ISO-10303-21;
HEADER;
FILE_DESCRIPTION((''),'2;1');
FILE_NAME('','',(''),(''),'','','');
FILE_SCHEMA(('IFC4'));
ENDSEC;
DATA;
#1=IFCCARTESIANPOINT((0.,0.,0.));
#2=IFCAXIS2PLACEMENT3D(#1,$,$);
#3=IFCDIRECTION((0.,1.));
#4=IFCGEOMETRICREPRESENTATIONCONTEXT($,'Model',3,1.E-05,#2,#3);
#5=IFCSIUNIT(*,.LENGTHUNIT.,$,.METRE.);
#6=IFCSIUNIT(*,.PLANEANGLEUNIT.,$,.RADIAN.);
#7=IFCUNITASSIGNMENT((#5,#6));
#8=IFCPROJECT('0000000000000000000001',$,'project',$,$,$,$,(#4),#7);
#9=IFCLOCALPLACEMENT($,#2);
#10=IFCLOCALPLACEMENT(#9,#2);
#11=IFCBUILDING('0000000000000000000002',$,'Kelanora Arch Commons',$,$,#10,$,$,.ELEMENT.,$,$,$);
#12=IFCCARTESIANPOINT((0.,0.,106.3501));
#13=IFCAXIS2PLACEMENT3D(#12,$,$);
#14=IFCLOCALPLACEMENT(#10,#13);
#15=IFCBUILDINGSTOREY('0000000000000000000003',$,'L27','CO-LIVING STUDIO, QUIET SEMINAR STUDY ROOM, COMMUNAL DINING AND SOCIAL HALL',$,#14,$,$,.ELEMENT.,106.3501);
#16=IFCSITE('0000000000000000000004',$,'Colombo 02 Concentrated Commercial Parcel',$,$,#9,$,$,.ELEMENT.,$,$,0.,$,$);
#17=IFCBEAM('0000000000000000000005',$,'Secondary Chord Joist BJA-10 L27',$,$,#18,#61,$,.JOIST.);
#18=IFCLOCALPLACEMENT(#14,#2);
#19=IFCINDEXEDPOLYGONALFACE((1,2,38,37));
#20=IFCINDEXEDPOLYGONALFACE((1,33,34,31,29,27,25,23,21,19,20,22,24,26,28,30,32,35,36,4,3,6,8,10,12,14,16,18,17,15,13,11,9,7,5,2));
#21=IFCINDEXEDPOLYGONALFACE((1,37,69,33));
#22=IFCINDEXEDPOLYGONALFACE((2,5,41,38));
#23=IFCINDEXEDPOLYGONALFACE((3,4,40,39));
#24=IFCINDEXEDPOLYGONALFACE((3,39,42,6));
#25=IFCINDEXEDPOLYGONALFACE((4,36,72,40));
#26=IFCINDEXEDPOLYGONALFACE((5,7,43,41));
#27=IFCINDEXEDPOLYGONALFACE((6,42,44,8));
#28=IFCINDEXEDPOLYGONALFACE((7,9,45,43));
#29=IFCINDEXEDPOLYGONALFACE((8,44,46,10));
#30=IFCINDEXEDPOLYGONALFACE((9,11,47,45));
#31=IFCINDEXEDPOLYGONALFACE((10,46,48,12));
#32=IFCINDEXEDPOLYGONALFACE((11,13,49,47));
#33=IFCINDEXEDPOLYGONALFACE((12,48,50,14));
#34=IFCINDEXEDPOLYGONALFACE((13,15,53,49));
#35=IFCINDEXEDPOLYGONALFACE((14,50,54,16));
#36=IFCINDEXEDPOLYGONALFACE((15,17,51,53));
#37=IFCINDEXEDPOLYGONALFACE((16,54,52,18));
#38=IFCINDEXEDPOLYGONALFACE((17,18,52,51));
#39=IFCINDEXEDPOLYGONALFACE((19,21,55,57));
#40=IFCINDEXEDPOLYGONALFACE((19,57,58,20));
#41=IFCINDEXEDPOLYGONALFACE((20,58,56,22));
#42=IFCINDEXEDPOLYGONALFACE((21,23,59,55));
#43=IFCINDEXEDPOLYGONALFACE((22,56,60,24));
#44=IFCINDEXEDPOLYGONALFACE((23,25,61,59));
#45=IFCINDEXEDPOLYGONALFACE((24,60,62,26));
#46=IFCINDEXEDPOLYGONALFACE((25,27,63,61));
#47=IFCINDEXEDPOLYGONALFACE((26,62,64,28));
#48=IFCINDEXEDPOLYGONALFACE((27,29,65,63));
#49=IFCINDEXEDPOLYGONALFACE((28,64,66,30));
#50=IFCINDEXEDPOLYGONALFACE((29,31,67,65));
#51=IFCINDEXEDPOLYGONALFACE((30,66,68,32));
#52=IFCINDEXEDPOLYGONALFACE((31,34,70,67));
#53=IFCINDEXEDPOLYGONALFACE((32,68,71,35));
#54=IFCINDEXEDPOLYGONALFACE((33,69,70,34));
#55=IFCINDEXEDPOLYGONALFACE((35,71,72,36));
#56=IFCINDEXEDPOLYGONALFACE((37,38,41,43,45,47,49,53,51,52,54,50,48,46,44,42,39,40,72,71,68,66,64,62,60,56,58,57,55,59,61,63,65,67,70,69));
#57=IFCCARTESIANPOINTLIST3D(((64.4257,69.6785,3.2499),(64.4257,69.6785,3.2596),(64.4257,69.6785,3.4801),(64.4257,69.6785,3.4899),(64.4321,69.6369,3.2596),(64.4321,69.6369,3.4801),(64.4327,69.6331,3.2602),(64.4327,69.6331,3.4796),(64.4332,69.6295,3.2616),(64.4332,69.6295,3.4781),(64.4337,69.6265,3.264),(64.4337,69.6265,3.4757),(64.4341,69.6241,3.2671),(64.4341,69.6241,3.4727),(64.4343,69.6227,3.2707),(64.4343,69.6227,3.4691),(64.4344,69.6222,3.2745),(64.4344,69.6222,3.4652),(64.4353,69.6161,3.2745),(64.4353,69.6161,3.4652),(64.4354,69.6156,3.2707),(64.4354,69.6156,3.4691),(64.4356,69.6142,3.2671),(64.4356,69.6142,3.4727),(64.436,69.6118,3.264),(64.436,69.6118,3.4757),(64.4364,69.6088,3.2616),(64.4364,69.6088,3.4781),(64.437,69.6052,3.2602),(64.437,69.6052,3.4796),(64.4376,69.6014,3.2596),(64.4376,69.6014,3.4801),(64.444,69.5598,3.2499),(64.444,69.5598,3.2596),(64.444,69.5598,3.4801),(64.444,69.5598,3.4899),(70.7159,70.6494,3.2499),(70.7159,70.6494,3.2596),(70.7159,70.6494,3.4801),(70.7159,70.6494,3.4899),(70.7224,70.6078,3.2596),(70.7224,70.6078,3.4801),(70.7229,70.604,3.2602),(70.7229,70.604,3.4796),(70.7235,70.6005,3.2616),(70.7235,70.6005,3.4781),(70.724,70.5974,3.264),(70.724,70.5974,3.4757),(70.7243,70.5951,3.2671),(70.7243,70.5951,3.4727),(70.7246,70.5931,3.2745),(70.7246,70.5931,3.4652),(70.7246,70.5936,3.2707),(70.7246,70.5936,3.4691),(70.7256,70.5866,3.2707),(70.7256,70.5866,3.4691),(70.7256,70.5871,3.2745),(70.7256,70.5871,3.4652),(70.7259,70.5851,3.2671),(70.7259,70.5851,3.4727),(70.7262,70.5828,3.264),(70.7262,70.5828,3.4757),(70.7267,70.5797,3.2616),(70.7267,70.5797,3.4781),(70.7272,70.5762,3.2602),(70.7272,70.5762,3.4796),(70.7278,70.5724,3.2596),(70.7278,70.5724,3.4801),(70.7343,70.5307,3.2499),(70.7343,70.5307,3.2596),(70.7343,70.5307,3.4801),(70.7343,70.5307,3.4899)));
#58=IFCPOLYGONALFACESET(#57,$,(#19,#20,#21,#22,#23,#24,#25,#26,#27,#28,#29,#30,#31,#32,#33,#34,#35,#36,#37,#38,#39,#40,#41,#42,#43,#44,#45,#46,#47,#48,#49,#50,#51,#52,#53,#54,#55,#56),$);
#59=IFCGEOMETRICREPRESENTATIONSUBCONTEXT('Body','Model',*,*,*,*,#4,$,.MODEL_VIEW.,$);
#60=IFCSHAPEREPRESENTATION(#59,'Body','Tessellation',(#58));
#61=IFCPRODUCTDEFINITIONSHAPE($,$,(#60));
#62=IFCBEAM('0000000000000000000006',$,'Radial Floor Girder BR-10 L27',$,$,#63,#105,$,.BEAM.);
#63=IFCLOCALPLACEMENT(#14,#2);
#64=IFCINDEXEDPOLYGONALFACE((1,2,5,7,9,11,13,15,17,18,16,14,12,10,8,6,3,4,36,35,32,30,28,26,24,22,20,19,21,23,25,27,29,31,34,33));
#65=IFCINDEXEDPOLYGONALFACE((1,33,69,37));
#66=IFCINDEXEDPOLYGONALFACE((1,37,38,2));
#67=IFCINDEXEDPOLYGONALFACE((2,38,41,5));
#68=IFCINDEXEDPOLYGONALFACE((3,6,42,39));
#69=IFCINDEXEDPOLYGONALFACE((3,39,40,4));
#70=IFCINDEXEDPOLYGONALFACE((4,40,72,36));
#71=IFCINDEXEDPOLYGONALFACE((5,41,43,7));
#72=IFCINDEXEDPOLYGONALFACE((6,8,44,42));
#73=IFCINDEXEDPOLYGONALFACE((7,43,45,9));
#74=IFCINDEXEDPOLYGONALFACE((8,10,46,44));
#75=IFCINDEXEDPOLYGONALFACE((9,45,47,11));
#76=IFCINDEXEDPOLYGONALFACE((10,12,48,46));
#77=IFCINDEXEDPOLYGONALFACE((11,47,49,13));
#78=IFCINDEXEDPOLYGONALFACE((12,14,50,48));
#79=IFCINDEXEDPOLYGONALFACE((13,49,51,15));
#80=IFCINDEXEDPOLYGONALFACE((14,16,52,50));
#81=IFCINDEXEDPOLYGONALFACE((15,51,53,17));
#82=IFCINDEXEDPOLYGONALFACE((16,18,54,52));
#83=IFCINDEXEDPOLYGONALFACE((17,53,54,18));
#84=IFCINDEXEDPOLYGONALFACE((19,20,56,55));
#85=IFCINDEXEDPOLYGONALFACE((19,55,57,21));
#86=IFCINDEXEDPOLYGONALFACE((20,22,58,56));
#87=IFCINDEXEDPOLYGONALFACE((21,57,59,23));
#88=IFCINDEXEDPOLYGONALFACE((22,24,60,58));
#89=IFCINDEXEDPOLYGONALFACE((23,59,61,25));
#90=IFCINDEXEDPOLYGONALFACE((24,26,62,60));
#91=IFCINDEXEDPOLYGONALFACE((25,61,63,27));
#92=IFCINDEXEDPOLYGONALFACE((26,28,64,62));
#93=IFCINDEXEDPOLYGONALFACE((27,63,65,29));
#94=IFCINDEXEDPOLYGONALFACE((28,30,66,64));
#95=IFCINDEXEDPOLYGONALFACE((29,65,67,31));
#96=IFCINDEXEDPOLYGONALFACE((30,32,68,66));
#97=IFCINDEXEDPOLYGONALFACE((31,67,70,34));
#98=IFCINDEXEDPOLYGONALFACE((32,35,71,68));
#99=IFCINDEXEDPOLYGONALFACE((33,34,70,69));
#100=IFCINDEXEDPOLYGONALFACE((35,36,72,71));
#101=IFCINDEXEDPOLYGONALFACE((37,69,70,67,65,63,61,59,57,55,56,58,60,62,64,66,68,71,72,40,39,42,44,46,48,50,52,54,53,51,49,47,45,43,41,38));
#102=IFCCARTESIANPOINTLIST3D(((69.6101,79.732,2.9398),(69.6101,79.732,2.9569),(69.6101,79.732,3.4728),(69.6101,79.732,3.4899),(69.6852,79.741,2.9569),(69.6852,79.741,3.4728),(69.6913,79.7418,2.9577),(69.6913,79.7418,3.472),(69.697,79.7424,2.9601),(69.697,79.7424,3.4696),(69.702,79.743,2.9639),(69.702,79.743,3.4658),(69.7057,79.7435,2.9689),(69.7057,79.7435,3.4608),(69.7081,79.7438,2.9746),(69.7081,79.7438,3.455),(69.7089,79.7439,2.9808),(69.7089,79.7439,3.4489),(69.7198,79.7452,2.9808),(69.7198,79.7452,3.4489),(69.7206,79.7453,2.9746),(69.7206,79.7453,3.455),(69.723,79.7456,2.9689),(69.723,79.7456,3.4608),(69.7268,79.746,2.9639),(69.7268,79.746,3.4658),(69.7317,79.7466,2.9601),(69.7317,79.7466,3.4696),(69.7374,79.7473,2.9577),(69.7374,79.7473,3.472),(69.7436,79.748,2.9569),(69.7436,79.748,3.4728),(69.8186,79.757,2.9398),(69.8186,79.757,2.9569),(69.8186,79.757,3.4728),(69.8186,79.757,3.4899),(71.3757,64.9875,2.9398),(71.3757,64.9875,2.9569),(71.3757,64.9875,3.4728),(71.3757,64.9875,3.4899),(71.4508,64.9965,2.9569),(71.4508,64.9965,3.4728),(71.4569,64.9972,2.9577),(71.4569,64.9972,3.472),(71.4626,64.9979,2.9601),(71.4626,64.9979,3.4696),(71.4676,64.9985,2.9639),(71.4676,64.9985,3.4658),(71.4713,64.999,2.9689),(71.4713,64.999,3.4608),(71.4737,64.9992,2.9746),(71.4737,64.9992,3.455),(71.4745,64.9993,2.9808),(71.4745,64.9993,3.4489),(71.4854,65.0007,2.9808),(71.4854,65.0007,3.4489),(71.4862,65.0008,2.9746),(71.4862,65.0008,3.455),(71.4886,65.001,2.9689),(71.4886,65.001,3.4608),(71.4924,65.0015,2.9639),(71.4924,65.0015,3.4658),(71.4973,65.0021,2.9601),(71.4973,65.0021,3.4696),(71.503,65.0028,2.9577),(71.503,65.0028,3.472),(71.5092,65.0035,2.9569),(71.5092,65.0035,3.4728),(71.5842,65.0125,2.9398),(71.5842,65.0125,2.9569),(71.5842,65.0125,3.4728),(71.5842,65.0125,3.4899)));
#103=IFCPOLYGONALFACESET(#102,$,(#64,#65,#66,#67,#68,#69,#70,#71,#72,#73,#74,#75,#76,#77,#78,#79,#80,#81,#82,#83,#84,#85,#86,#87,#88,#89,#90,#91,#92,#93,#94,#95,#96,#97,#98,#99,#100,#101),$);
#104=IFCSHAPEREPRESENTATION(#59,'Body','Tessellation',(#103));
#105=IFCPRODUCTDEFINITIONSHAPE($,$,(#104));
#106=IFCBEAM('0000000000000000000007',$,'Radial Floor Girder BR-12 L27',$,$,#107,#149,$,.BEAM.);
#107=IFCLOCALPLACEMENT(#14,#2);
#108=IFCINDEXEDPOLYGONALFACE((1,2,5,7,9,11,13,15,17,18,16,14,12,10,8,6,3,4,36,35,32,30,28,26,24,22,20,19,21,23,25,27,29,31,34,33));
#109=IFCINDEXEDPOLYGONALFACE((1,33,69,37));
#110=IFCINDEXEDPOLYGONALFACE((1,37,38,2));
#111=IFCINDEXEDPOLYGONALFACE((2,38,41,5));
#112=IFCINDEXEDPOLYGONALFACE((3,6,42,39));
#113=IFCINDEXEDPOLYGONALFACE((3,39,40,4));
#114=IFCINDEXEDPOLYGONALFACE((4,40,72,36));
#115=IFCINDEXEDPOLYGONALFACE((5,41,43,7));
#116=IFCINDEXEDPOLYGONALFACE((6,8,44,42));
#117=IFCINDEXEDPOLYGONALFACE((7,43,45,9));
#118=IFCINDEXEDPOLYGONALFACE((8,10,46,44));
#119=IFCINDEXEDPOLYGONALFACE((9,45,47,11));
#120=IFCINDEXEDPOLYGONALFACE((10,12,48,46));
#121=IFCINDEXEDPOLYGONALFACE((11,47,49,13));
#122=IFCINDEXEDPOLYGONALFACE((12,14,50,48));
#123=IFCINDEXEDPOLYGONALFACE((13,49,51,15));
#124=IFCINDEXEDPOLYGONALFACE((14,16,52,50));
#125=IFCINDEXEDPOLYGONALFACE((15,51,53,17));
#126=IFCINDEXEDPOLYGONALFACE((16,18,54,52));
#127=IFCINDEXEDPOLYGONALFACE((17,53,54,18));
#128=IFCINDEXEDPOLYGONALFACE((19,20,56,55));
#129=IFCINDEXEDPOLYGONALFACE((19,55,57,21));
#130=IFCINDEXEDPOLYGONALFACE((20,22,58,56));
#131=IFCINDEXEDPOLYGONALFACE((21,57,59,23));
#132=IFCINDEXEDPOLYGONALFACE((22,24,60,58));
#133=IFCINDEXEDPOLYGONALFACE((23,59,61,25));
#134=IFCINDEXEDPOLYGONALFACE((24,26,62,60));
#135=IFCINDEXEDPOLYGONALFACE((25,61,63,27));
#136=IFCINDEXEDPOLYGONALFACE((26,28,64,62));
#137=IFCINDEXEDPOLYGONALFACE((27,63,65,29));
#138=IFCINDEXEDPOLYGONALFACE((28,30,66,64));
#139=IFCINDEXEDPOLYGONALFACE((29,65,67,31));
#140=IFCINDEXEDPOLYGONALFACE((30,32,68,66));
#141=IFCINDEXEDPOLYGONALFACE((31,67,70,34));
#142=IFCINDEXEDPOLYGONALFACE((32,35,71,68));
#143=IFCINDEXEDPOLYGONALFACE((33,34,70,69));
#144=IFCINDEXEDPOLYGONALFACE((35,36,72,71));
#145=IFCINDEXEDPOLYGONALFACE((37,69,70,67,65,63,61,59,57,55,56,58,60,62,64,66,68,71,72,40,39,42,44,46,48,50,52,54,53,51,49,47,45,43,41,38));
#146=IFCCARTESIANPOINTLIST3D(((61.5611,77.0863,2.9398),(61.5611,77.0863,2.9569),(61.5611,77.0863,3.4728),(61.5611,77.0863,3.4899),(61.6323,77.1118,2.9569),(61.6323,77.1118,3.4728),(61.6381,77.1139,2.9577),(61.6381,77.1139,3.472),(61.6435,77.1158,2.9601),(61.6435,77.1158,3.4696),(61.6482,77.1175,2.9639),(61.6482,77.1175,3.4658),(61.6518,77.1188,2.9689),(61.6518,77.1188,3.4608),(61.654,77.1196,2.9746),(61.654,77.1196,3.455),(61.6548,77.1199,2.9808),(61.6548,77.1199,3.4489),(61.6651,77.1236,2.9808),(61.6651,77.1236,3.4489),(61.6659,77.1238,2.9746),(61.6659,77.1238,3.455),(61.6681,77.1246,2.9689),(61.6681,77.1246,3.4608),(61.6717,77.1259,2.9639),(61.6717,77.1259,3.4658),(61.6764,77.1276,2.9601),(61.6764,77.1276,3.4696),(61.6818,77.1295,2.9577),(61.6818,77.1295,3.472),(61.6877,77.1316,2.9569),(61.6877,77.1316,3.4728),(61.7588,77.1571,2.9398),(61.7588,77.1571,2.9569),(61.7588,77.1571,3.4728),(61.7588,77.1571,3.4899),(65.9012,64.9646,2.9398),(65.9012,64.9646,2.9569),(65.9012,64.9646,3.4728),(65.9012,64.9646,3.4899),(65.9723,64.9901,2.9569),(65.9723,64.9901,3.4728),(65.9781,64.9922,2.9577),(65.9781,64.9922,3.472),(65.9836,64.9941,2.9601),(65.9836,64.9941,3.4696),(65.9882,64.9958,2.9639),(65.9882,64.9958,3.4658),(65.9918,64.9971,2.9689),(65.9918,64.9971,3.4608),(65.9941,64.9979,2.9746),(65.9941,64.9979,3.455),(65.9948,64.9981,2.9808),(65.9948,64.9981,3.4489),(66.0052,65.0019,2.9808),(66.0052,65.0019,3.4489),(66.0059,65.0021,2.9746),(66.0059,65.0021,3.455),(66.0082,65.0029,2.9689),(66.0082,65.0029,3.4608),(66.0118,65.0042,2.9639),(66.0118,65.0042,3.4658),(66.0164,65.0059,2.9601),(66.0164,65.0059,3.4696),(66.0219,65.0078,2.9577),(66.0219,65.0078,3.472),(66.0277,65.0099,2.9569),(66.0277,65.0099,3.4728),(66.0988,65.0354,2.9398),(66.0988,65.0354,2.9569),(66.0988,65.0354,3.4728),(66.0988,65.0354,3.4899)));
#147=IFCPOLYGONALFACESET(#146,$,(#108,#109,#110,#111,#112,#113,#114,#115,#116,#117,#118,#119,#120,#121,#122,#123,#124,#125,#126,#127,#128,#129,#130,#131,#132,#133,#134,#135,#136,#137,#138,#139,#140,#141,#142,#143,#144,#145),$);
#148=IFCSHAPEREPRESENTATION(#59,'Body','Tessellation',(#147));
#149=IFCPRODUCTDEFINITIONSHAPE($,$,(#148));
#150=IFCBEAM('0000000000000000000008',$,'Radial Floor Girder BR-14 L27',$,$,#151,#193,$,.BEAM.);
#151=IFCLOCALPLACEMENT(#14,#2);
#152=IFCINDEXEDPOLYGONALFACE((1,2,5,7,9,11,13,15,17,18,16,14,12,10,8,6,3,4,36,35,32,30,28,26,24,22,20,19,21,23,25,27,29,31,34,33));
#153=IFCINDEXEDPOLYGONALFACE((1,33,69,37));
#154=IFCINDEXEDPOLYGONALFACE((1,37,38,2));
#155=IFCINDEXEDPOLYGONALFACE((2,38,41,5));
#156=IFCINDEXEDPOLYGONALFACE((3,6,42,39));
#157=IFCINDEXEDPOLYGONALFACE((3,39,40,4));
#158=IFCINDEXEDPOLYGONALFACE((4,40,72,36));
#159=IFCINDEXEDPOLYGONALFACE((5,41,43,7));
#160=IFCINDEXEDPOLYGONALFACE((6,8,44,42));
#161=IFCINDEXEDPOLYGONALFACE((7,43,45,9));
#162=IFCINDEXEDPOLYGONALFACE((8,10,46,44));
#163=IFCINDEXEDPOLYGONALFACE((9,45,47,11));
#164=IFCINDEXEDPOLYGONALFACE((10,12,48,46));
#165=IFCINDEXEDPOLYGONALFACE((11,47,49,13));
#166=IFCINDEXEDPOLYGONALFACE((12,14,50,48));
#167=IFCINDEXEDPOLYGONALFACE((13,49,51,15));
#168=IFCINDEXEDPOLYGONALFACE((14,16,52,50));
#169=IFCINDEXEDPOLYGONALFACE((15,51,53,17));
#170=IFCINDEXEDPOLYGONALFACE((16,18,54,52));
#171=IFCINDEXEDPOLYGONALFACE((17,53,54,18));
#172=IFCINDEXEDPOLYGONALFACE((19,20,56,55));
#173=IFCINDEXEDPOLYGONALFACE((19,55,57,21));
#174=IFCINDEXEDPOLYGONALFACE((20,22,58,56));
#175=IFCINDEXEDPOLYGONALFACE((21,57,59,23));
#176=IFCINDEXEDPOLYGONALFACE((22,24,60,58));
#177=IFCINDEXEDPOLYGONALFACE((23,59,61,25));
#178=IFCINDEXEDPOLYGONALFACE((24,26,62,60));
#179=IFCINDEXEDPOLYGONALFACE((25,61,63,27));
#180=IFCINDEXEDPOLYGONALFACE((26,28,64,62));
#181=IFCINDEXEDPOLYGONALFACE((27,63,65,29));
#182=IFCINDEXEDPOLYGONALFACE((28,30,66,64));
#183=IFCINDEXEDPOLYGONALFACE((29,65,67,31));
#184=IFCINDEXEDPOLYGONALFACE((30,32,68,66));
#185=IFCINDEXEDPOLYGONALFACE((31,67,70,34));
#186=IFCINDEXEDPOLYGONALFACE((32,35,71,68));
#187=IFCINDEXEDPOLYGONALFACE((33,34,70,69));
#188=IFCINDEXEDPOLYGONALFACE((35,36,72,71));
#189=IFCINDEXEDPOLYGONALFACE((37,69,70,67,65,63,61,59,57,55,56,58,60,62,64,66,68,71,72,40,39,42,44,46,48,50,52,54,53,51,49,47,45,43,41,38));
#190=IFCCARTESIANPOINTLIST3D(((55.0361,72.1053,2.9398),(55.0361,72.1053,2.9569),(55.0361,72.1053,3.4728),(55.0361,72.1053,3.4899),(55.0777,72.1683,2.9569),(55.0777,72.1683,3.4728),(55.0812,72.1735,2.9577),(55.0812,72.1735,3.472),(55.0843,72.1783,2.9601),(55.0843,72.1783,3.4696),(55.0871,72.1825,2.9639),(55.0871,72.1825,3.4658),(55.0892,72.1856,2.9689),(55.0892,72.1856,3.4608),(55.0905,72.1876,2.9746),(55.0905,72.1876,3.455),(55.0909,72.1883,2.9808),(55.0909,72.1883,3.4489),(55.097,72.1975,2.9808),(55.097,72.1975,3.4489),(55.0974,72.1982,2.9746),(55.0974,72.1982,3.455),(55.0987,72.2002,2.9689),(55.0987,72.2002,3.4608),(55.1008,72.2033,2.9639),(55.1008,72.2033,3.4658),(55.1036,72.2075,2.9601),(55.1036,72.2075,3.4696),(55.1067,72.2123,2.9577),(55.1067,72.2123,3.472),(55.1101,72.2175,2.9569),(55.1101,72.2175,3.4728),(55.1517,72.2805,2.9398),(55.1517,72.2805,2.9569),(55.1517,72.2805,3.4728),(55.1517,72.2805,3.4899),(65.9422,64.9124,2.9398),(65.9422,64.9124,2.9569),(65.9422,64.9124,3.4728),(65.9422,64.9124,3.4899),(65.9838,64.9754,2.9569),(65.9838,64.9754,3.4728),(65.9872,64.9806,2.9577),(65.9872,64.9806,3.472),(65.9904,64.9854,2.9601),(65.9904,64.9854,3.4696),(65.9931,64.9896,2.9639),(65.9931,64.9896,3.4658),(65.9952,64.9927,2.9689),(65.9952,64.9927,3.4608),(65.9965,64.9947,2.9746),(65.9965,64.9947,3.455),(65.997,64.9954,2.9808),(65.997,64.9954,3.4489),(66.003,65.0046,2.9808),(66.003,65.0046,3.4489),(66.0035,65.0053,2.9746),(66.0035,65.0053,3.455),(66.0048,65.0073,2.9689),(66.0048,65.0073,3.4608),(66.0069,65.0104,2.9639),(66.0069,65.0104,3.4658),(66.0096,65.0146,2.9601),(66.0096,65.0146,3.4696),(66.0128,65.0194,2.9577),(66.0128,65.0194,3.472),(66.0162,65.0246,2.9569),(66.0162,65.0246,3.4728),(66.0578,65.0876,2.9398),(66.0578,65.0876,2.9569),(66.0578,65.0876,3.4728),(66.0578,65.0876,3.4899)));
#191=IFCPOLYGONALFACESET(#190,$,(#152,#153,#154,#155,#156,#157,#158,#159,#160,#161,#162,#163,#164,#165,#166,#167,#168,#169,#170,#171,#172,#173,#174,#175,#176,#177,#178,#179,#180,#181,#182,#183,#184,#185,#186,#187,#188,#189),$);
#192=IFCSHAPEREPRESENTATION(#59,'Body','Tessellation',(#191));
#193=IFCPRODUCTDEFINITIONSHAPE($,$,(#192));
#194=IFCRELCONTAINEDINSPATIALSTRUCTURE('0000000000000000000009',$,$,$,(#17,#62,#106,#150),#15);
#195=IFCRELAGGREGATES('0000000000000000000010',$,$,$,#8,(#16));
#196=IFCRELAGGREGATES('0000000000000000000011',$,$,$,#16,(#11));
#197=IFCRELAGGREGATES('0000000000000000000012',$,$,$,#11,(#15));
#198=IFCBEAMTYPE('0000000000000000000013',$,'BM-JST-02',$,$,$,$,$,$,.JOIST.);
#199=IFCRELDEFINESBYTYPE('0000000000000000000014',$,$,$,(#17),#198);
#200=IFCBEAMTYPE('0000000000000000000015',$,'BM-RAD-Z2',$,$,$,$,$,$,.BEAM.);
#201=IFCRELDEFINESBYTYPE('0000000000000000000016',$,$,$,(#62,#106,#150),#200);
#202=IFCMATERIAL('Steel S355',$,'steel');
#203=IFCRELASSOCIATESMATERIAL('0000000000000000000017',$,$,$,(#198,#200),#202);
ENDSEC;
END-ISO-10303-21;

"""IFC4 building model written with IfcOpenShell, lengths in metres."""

from ifc_helpers import new_model, si_unit, direction, frame, origin, origin_2d, place, context, subcontext, project, spatial, i_section, extrude, material, material_profile, profile_set, type_object, element, save


model = new_model("IFC4")

# Units and contexts
model_context = context("Model", 3, precision=1e-05, world=origin(), true_north=direction((0.0, 1.0)))
body_context = subcontext(model_context, "Body", "Model", "MODEL_VIEW")
ifc_project = project(units=[si_unit("LENGTHUNIT", "METRE"), si_unit("PLANEANGLEUNIT", "RADIAN")], contexts=[model_context])

# Site, building, storey
site_placement = place(None, origin())
site = spatial("IfcSite", under=ifc_project, at=site_placement, Name="Colombo 02 Concentrated Commercial Parcel", CompositionType="ELEMENT", RefElevation=0.0)
building_placement = place(site_placement, origin())
building = spatial("IfcBuilding", under=site, at=building_placement, Name="Kelanora Arch Commons", CompositionType="ELEMENT")
storey_placement = place(building_placement, frame((0.0, 0.0, 106.3501)))
storey = spatial("IfcBuildingStorey", under=building, at=storey_placement, Name="L27", Description="CO-LIVING STUDIO, QUIET SEMINAR STUDY ROOM, COMMUNAL DINING AND SOCIAL HALL", CompositionType="ELEMENT", Elevation=106.3501)

# Beams
ifc_material_1 = material(Name="Steel S355", Category="steel")
ifc_material_profile_1 = material_profile(ifc_material_1, i_section(OverallWidth=0.1201, OverallDepth=0.24, WebThickness=0.0061, FlangeThickness=0.0098, FilletRadius=0.0149, at=origin_2d()), Name="IPE240")
ifc_profile_set_1 = profile_set([ifc_material_profile_1], Name="Steel S355")
beam_type_1 = type_object("IfcBeamType", Name="BM-JST-02", PredefinedType="JOIST", material=ifc_profile_set_1)
beam_1_placement = place(storey_placement, frame((70.7251, 70.5901, 3.3699), z_axis=(-0.988296, -0.15255, 0.0), x_axis=(0.15255, -0.988296, 0.0)))
element("IfcBeam", 1, at=beam_1_placement, inside=storey, type_object=beam_type_1, Name="Secondary Chord Joist BJA-10 L27", PredefinedType="JOIST", context=body_context, shape_type="SweptSolid", body=[
    extrude(i_section(OverallWidth=0.1201, OverallDepth=0.24, WebThickness=0.0061, FlangeThickness=0.0098, FilletRadius=0.0149, at=origin_2d()), origin(), (0.0, 0.0, 1.0), 6.3647),
])
ifc_material_profile_2 = material_profile(ifc_material_1, i_section(OverallWidth=0.21, OverallDepth=0.55, WebThickness=0.011, FlangeThickness=0.0171, FilletRadius=0.0239, at=origin_2d()), Name="IPE550")
ifc_profile_set_2 = profile_set([ifc_material_profile_2], Name="Steel S355")
beam_type_2 = type_object("IfcBeamType", Name="BM-RAD-Z2", PredefinedType="BEAM", material=ifc_profile_set_2)
beam_2_placement = place(storey_placement, frame((71.48, 65.0, 3.2148), z_axis=(-0.118898, 0.992907, 0.0), x_axis=(-0.992907, -0.118898, 0.0)))
element("IfcBeam", 2, at=beam_2_placement, inside=storey, type_object=beam_type_2, Name="Radial Floor Girder BR-10 L27", PredefinedType="BEAM", context=body_context, shape_type="SweptSolid", body=[
    extrude(i_section(OverallWidth=0.21, OverallDepth=0.55, WebThickness=0.011, FlangeThickness=0.0171, FilletRadius=0.0239, at=origin_2d()), origin(), (0.0, 0.0, 1.0), 14.8499),
])
beam_3_placement = place(storey_placement, frame((66.0, 65.0, 3.2148), z_axis=(-0.337085, 0.941474, 0.0), x_axis=(-0.941474, -0.337085, 0.0)))
element("IfcBeam", 3, at=beam_3_placement, inside=storey, type_object=beam_type_2, Name="Radial Floor Girder BR-12 L27", PredefinedType="BEAM", context=body_context, shape_type="SweptSolid", body=[
    extrude(i_section(OverallWidth=0.21, OverallDepth=0.55, WebThickness=0.011, FlangeThickness=0.0171, FilletRadius=0.0239, at=origin_2d()), origin(), (0.0, 0.0, 1.0), 12.8752),
])
beam_4_placement = place(storey_placement, frame((66.0, 65.0, 3.2148), z_axis=(-0.834789, 0.550571, 0.0), x_axis=(-0.550571, -0.834789, 0.0)))
element("IfcBeam", 4, at=beam_4_placement, inside=storey, type_object=beam_type_2, Name="Radial Floor Girder BR-14 L27", PredefinedType="BEAM", context=body_context, shape_type="SweptSolid", body=[
    extrude(i_section(OverallWidth=0.21, OverallDepth=0.55, WebThickness=0.011, FlangeThickness=0.0171, FilletRadius=0.0239, at=origin_2d()), origin(), (0.0, 0.0, 1.0), 13.0645),
])

save(model, "model.ifc")
